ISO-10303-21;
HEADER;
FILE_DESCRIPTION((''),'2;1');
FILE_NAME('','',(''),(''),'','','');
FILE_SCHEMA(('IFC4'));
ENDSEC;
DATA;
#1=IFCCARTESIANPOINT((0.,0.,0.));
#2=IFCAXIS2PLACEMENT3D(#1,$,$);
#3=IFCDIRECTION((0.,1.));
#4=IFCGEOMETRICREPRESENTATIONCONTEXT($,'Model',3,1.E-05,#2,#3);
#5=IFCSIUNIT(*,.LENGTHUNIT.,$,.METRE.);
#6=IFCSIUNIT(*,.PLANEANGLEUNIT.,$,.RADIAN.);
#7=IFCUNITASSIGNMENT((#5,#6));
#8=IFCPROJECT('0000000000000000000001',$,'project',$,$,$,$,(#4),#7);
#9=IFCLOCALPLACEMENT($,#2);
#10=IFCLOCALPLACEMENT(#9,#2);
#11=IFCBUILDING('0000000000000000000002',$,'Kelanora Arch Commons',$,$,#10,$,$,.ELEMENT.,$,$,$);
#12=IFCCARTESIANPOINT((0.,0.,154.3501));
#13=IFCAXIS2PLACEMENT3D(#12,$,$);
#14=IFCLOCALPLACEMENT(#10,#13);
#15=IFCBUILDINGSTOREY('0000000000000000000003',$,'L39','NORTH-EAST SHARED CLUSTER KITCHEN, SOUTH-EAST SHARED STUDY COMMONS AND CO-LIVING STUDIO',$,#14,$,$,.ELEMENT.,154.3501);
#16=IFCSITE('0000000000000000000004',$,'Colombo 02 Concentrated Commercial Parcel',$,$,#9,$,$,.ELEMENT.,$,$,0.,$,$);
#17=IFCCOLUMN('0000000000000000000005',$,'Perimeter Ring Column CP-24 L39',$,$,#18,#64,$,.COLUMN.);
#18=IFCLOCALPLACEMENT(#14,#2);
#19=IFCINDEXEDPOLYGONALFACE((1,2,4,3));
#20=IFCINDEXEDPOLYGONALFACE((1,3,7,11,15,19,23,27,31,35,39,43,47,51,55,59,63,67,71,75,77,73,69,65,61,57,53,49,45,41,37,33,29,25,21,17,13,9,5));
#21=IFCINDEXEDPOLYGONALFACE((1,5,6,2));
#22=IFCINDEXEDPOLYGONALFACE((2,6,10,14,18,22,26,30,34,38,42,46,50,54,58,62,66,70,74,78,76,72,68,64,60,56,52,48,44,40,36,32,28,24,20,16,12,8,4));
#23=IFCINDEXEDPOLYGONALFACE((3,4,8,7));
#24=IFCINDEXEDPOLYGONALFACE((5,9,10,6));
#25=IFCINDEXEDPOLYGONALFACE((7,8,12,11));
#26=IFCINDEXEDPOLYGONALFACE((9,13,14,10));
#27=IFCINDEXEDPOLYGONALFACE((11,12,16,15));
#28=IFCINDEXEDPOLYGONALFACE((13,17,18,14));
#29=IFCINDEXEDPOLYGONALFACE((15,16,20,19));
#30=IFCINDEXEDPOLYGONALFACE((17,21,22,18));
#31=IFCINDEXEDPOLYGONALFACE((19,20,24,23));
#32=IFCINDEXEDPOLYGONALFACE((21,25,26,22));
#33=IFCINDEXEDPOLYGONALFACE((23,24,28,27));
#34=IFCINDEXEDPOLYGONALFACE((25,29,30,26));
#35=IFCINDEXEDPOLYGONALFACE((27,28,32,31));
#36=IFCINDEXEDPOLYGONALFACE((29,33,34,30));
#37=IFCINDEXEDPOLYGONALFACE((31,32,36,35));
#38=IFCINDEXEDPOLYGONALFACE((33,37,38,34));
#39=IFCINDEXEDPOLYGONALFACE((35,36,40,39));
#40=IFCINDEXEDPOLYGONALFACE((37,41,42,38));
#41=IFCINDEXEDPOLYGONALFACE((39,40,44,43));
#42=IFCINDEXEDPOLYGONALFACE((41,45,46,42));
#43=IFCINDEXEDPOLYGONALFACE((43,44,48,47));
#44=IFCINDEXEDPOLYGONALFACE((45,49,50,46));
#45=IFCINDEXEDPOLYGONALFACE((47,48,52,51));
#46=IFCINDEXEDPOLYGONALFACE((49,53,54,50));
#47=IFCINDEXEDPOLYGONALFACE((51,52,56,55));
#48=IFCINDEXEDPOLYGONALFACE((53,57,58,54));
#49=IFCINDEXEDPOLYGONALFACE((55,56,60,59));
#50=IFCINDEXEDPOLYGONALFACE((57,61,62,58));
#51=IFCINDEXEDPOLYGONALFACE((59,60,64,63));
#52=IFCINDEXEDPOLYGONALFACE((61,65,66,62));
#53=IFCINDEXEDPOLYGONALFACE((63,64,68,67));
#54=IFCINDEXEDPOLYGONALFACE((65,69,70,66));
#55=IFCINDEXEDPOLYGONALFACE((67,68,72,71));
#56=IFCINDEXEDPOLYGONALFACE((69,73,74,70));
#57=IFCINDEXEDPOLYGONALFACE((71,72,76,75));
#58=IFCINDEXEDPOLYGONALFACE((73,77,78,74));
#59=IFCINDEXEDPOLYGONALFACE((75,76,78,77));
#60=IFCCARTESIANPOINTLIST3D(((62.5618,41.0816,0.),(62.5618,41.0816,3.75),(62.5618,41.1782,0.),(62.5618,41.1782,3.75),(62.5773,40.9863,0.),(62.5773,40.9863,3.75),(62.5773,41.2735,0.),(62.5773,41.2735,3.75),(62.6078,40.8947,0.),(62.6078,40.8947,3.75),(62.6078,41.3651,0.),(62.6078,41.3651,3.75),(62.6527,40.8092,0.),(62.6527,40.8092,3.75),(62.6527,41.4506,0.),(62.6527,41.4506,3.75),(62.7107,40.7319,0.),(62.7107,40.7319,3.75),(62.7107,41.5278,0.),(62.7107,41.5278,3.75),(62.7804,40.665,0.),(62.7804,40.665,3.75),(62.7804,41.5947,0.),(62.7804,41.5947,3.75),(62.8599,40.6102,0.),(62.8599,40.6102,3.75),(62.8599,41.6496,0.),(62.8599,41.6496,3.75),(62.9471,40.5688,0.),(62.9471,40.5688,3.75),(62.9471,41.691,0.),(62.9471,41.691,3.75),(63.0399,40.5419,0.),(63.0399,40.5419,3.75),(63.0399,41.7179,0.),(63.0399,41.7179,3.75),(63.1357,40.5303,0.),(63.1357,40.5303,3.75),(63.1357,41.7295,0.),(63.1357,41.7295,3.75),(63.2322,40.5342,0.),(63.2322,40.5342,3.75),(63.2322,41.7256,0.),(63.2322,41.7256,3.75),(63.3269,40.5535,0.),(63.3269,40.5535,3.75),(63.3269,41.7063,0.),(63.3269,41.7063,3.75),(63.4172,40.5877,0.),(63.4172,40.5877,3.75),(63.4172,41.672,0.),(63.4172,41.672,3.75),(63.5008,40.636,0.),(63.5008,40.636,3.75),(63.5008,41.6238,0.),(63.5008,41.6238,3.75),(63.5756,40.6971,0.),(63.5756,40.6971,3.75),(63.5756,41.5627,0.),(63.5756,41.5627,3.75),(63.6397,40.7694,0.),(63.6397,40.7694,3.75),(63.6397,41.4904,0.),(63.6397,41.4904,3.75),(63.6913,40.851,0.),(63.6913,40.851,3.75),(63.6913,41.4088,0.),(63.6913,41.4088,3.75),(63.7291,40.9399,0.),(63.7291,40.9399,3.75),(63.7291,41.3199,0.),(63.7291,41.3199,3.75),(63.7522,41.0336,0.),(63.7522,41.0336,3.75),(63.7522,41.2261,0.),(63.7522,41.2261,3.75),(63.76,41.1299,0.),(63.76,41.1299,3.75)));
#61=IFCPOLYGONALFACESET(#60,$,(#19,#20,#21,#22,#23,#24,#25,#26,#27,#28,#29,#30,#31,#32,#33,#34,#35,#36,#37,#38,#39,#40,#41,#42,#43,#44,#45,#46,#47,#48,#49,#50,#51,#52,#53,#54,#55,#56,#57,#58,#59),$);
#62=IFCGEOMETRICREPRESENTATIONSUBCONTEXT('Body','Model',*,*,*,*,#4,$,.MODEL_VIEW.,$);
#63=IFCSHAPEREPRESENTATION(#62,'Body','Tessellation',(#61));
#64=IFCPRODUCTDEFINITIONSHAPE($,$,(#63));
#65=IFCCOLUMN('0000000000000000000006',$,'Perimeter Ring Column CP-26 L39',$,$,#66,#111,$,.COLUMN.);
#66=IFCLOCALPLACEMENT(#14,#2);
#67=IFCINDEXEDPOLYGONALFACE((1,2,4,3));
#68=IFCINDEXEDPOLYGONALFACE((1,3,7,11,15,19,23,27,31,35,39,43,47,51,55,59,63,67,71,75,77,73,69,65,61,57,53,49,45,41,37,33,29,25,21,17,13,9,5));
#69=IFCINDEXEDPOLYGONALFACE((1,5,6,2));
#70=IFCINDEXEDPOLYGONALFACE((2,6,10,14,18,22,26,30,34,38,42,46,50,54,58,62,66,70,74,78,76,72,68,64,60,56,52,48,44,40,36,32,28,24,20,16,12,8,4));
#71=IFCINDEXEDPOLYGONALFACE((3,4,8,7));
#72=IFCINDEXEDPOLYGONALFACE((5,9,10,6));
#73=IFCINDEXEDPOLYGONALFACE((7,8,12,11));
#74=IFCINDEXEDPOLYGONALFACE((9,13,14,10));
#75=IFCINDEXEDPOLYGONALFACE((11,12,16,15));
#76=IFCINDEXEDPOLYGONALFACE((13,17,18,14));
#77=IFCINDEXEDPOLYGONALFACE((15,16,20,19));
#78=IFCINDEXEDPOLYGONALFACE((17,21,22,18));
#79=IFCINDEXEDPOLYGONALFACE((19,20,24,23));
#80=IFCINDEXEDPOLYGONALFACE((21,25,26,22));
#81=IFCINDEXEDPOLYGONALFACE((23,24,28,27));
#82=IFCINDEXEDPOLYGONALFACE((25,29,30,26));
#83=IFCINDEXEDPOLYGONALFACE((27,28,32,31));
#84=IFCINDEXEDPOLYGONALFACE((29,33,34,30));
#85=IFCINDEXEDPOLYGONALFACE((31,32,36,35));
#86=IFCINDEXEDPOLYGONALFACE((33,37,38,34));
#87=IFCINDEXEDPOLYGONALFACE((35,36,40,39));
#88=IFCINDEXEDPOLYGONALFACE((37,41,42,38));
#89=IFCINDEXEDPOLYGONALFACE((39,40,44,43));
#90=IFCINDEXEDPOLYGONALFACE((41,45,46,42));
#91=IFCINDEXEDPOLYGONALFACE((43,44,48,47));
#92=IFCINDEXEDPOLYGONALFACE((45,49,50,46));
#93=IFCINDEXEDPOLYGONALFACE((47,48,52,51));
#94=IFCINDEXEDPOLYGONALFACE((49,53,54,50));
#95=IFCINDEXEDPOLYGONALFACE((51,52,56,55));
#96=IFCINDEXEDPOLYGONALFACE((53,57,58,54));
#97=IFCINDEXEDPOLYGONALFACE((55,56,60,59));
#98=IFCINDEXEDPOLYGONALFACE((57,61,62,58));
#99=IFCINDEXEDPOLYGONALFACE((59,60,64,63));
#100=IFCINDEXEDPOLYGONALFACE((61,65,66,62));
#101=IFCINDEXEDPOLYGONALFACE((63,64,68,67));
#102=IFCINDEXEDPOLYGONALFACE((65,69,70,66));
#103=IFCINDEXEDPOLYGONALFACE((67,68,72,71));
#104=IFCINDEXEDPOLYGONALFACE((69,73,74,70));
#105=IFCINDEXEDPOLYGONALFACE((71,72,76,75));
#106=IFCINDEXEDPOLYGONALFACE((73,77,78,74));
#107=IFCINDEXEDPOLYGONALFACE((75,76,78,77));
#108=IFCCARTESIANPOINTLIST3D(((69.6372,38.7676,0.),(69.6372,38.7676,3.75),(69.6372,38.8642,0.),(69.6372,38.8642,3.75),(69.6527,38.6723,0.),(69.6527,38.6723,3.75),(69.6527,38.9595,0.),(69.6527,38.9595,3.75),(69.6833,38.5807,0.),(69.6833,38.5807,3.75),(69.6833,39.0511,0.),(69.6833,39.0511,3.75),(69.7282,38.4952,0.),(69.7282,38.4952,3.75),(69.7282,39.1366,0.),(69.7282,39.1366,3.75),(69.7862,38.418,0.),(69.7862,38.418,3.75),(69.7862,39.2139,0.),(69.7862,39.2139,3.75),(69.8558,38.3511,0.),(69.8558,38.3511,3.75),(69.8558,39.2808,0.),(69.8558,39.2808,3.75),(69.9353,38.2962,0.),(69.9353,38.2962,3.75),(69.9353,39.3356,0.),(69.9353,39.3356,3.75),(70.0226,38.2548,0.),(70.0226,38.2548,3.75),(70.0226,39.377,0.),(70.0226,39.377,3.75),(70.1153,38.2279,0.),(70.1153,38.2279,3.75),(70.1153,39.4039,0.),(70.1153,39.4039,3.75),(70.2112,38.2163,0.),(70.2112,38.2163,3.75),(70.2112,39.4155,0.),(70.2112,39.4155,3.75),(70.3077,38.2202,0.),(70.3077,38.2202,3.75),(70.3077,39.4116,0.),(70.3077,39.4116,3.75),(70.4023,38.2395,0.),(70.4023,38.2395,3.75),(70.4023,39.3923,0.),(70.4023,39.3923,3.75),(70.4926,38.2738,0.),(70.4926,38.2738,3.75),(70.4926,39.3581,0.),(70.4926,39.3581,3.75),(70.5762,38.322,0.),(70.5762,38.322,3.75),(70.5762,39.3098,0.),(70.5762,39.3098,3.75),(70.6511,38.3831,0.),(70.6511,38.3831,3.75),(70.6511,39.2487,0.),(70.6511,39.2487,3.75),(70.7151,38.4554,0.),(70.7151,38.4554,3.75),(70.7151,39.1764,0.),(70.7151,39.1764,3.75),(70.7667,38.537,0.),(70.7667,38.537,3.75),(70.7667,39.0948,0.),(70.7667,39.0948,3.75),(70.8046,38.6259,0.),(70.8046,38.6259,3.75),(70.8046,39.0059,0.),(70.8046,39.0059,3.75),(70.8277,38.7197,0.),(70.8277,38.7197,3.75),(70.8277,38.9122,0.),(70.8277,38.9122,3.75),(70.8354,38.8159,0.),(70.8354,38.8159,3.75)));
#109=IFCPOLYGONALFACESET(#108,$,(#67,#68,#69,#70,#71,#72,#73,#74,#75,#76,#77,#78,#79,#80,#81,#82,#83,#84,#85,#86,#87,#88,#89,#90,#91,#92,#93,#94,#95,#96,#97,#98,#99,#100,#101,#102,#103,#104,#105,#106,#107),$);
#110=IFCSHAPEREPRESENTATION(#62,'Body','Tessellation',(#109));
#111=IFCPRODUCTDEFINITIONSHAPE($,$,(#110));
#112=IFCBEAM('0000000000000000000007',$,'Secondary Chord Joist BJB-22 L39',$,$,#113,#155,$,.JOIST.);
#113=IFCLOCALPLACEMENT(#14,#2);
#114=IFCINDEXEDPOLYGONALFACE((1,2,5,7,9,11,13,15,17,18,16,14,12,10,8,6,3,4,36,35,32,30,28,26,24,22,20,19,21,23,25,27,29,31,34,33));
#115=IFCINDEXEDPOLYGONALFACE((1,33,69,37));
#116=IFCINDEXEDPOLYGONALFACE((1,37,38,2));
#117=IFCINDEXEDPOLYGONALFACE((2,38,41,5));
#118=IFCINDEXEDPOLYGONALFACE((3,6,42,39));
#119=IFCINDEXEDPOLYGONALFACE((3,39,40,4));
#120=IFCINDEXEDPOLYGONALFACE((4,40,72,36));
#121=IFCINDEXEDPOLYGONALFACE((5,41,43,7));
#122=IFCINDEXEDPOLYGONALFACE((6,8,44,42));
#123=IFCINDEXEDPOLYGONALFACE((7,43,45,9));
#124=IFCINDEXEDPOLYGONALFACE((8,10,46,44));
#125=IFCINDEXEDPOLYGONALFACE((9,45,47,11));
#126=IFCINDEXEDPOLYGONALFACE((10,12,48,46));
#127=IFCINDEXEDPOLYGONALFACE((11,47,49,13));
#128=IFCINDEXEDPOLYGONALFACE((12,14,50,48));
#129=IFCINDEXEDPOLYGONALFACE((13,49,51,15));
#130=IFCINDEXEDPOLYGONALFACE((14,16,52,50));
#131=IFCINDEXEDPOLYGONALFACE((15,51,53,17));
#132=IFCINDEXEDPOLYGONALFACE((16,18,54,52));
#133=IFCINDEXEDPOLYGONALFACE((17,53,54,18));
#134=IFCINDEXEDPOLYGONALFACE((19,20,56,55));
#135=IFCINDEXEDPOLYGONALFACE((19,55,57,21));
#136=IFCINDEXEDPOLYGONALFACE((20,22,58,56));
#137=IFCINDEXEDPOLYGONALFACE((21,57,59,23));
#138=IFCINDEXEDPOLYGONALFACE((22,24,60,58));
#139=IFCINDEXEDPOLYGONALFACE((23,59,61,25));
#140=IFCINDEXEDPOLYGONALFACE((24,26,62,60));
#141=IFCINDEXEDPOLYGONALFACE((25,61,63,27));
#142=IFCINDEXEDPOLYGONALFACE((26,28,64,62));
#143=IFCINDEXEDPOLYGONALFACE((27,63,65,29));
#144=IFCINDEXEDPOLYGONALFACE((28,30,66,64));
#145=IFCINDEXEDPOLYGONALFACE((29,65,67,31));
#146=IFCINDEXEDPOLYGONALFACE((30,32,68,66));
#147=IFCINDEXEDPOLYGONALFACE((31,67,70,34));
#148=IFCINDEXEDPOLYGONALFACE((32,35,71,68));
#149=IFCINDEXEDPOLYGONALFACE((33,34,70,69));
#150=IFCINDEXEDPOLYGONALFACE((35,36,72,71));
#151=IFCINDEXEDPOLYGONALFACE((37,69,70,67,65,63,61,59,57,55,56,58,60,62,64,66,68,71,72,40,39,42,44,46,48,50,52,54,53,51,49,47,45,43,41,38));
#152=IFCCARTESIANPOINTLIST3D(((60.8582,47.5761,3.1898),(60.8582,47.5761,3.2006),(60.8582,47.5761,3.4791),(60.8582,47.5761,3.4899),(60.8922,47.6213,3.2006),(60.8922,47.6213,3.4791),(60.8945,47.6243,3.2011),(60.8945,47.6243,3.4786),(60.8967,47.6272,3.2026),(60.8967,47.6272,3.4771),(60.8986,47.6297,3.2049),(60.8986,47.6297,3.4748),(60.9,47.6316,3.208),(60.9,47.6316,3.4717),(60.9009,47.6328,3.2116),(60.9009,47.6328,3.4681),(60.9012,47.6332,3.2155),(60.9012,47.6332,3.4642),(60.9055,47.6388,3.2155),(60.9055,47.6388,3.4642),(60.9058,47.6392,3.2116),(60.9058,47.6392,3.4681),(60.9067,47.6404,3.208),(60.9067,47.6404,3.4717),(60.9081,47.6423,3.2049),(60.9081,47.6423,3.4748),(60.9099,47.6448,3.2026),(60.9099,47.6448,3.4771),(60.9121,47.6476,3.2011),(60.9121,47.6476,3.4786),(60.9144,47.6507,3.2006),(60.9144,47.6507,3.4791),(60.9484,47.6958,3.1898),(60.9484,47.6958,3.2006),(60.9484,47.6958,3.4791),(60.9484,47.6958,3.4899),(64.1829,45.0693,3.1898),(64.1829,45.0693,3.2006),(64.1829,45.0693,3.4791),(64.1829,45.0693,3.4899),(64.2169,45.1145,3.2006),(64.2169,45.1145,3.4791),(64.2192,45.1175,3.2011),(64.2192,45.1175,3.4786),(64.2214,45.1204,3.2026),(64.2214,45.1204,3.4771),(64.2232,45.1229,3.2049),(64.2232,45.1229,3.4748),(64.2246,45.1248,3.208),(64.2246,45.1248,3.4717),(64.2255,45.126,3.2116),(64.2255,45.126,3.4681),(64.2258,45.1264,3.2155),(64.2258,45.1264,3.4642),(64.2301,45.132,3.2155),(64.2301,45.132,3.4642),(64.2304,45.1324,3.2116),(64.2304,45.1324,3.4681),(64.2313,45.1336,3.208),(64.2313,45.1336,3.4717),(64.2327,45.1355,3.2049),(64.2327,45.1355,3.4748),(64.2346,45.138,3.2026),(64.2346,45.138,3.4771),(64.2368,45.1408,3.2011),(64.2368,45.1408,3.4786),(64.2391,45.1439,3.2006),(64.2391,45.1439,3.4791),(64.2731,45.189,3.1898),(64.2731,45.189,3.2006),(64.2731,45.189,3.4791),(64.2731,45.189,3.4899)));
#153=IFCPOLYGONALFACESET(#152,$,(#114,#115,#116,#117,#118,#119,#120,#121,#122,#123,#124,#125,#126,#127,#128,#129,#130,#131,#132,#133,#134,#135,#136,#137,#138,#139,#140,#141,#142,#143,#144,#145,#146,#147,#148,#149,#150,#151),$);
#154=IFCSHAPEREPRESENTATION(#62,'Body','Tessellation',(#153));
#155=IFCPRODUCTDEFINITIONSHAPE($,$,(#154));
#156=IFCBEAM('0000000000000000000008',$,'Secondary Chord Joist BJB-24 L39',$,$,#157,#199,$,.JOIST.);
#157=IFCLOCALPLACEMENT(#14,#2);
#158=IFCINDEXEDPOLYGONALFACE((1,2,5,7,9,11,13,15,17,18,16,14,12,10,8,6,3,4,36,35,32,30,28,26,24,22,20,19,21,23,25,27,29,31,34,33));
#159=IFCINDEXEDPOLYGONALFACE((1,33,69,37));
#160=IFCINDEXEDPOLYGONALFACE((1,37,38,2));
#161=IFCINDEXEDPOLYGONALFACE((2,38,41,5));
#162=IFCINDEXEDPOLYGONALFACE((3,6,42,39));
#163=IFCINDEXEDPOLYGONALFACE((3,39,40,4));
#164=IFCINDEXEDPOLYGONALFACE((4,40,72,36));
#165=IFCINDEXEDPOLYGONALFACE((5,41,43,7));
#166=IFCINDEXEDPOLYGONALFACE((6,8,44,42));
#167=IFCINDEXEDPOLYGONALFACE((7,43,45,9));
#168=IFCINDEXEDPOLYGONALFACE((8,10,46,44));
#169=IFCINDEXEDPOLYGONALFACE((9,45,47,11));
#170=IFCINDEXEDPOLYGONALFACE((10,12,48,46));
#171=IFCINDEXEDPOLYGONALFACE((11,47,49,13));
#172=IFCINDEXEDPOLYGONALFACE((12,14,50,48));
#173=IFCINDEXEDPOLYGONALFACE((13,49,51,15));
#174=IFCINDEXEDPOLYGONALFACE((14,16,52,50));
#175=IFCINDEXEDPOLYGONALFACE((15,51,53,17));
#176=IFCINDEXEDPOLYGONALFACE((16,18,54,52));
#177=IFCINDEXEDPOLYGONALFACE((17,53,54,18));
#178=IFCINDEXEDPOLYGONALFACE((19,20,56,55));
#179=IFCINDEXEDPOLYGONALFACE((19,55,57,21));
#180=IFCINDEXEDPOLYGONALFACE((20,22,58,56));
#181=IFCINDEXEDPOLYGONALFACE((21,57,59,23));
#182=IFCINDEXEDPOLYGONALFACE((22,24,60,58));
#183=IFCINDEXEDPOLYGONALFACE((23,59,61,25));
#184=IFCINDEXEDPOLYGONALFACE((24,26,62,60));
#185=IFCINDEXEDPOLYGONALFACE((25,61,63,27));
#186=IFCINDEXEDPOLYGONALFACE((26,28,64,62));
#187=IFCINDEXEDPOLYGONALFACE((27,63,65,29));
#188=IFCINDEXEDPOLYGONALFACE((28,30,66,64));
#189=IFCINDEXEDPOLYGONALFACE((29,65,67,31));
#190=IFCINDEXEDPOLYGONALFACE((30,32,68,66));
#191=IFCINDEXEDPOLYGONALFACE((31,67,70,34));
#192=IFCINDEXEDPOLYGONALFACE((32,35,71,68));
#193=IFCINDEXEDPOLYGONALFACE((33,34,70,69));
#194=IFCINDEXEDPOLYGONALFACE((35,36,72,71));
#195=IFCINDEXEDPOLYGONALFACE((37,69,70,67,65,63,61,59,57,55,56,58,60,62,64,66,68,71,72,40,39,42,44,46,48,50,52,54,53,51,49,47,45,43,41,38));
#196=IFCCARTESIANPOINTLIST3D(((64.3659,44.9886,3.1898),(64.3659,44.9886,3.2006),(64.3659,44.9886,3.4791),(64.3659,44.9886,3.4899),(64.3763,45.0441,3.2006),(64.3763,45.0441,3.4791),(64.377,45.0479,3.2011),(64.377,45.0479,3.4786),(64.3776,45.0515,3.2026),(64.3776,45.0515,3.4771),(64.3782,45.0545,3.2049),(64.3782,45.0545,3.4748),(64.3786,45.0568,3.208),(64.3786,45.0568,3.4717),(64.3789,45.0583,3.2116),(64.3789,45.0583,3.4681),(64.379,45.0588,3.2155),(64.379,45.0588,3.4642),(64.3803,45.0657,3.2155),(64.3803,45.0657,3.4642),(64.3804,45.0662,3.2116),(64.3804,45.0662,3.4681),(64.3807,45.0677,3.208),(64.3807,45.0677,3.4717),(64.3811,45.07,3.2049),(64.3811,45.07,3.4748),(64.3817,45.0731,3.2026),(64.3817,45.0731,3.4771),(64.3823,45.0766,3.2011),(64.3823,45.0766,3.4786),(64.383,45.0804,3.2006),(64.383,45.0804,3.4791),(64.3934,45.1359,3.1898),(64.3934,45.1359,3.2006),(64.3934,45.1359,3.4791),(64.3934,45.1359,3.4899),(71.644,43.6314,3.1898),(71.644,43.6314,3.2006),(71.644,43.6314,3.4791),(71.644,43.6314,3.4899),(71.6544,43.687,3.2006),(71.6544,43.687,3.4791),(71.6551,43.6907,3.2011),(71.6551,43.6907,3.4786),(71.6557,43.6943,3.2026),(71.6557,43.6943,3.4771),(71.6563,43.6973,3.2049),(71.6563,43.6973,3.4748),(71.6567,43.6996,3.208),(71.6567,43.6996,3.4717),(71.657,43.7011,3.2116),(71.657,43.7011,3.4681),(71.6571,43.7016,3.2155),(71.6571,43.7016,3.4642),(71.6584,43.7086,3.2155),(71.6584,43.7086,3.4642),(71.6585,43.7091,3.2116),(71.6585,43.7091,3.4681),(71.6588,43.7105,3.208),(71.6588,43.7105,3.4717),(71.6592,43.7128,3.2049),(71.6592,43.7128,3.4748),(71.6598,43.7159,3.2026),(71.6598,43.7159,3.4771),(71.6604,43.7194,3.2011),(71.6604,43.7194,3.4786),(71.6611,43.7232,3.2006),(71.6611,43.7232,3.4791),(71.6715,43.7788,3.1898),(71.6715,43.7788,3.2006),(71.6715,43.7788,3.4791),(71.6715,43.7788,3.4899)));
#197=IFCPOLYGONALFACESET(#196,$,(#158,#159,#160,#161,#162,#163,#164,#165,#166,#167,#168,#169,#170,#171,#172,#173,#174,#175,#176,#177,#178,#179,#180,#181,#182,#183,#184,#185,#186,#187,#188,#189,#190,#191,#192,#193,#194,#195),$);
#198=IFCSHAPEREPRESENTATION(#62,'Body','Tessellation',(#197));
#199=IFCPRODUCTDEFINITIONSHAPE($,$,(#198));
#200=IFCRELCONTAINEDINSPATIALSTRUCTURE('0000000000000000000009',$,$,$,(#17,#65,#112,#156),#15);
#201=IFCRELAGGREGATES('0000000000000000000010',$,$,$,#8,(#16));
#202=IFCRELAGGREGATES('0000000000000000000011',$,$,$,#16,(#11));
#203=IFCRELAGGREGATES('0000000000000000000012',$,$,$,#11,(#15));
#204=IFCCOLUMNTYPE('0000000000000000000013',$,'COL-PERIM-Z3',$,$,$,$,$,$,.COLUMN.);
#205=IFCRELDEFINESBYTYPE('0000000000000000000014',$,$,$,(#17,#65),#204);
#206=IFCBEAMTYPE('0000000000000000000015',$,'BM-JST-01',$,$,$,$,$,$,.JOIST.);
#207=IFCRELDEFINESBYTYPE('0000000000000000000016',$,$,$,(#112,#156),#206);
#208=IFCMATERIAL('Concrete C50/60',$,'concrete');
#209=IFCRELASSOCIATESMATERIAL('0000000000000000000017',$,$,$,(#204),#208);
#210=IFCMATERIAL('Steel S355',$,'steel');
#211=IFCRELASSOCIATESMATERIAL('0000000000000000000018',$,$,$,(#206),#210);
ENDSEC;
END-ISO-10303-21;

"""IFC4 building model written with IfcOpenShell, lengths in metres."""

from ifc_helpers import new_model, si_unit, direction, frame, origin, origin_2d, place, context, subcontext, project, spatial, circle, i_section, extrude, material, material_profile, profile_set, type_object, element, save


model = new_model("IFC4")

# Units and contexts
model_context = context("Model", 3, precision=1e-05, world=origin(), true_north=direction((0.0, 1.0)))
body_context = subcontext(model_context, "Body", "Model", "MODEL_VIEW")
ifc_project = project(units=[si_unit("LENGTHUNIT", "METRE"), si_unit("PLANEANGLEUNIT", "RADIAN")], contexts=[model_context])

# Site, building, storey
site_placement = place(None, origin())
site = spatial("IfcSite", under=ifc_project, at=site_placement, Name="Colombo 02 Concentrated Commercial Parcel", CompositionType="ELEMENT", RefElevation=0.0)
building_placement = place(site_placement, origin())
building = spatial("IfcBuilding", under=site, at=building_placement, Name="Kelanora Arch Commons", CompositionType="ELEMENT")
storey_placement = place(building_placement, frame((0.0, 0.0, 154.3501)))
storey = spatial("IfcBuildingStorey", under=building, at=storey_placement, Name="L39", Description="NORTH-EAST SHARED CLUSTER KITCHEN, SOUTH-EAST SHARED STUDY COMMONS AND CO-LIVING STUDIO", CompositionType="ELEMENT", Elevation=154.3501)

# Columns
ifc_material_1 = material(Name="Concrete C50/60", Category="concrete")
ifc_material_profile_1 = material_profile(ifc_material_1, circle(Radius=0.6001, at=origin_2d()), Name="RCC1200")
ifc_profile_set_1 = profile_set([ifc_material_profile_1], Name="Concrete C50/60")
column_type = type_object("IfcColumnType", Name="COL-PERIM-Z3", PredefinedType="COLUMN", material=ifc_profile_set_1)
for number, where, z_axis, x_axis, name in (
    (1, (63.1599, 41.1299, 0.0), (0.0, 0.0, 1.0), (1.0, 0.0, 0.0), "Perimeter Ring Column CP-24 L39"),
    (2, (70.2354, 38.8159, 0.0), (0.0, 0.0, 1.0), (1.0, 0.0, 0.0), "Perimeter Ring Column CP-26 L39"),
):
    element("IfcColumn", number, at=place(storey_placement, frame(where, z_axis=z_axis, x_axis=x_axis)), inside=storey, type_object=column_type, Name=name, PredefinedType="COLUMN", context=body_context, shape_type="SweptSolid", body=[
        extrude(circle(Radius=0.6001, at=origin_2d()), origin(), (0.0, 0.0, 1.0), 3.75),
    ])

# Beams
ifc_material_2 = material(Name="Steel S355", Category="steel")
ifc_material_profile_2 = material_profile(ifc_material_2, i_section(OverallWidth=0.1499, OverallDepth=0.3, WebThickness=0.0071, FlangeThickness=0.0107, FilletRadius=0.0149, at=origin_2d()), Name="IPE300")
ifc_profile_set_2 = profile_set([ifc_material_profile_2], Name="Steel S355")
beam_type_1 = type_object("IfcBeamType", Name="BM-JST-01", PredefinedType="JOIST", material=ifc_profile_set_2)
beam_1_placement = place(storey_placement, frame((60.9033, 47.636, 3.3398), z_axis=(0.798464, -0.602043, 0.0), x_axis=(0.602043, 0.798464, 0.0)))
element("IfcBeam", 3, at=beam_1_placement, inside=storey, type_object=beam_type_1, Name="Secondary Chord Joist BJB-22 L39", PredefinedType="JOIST", context=body_context, shape_type="SweptSolid", body=[
    extrude(i_section(OverallWidth=0.1499, OverallDepth=0.3, WebThickness=0.0071, FlangeThickness=0.0107, FilletRadius=0.0149, at=origin_2d()), origin(), (0.0, 0.0, 1.0), 4.1638),
])
beam_2_placement = place(storey_placement, frame((64.3796, 45.0623, 3.3398), z_axis=(0.983054, -0.183315, 0.0), x_axis=(0.183315, 0.983054, 0.0)))
element("IfcBeam", 4, at=beam_2_placement, inside=storey, type_object=beam_type_1, Name="Secondary Chord Joist BJB-24 L39", PredefinedType="JOIST", context=body_context, shape_type="SweptSolid", body=[
    extrude(i_section(OverallWidth=0.1499, OverallDepth=0.3, WebThickness=0.0071, FlangeThickness=0.0107, FilletRadius=0.0149, at=origin_2d()), origin(), (0.0, 0.0, 1.0), 7.4036),
])

save(model, "model.ifc")
